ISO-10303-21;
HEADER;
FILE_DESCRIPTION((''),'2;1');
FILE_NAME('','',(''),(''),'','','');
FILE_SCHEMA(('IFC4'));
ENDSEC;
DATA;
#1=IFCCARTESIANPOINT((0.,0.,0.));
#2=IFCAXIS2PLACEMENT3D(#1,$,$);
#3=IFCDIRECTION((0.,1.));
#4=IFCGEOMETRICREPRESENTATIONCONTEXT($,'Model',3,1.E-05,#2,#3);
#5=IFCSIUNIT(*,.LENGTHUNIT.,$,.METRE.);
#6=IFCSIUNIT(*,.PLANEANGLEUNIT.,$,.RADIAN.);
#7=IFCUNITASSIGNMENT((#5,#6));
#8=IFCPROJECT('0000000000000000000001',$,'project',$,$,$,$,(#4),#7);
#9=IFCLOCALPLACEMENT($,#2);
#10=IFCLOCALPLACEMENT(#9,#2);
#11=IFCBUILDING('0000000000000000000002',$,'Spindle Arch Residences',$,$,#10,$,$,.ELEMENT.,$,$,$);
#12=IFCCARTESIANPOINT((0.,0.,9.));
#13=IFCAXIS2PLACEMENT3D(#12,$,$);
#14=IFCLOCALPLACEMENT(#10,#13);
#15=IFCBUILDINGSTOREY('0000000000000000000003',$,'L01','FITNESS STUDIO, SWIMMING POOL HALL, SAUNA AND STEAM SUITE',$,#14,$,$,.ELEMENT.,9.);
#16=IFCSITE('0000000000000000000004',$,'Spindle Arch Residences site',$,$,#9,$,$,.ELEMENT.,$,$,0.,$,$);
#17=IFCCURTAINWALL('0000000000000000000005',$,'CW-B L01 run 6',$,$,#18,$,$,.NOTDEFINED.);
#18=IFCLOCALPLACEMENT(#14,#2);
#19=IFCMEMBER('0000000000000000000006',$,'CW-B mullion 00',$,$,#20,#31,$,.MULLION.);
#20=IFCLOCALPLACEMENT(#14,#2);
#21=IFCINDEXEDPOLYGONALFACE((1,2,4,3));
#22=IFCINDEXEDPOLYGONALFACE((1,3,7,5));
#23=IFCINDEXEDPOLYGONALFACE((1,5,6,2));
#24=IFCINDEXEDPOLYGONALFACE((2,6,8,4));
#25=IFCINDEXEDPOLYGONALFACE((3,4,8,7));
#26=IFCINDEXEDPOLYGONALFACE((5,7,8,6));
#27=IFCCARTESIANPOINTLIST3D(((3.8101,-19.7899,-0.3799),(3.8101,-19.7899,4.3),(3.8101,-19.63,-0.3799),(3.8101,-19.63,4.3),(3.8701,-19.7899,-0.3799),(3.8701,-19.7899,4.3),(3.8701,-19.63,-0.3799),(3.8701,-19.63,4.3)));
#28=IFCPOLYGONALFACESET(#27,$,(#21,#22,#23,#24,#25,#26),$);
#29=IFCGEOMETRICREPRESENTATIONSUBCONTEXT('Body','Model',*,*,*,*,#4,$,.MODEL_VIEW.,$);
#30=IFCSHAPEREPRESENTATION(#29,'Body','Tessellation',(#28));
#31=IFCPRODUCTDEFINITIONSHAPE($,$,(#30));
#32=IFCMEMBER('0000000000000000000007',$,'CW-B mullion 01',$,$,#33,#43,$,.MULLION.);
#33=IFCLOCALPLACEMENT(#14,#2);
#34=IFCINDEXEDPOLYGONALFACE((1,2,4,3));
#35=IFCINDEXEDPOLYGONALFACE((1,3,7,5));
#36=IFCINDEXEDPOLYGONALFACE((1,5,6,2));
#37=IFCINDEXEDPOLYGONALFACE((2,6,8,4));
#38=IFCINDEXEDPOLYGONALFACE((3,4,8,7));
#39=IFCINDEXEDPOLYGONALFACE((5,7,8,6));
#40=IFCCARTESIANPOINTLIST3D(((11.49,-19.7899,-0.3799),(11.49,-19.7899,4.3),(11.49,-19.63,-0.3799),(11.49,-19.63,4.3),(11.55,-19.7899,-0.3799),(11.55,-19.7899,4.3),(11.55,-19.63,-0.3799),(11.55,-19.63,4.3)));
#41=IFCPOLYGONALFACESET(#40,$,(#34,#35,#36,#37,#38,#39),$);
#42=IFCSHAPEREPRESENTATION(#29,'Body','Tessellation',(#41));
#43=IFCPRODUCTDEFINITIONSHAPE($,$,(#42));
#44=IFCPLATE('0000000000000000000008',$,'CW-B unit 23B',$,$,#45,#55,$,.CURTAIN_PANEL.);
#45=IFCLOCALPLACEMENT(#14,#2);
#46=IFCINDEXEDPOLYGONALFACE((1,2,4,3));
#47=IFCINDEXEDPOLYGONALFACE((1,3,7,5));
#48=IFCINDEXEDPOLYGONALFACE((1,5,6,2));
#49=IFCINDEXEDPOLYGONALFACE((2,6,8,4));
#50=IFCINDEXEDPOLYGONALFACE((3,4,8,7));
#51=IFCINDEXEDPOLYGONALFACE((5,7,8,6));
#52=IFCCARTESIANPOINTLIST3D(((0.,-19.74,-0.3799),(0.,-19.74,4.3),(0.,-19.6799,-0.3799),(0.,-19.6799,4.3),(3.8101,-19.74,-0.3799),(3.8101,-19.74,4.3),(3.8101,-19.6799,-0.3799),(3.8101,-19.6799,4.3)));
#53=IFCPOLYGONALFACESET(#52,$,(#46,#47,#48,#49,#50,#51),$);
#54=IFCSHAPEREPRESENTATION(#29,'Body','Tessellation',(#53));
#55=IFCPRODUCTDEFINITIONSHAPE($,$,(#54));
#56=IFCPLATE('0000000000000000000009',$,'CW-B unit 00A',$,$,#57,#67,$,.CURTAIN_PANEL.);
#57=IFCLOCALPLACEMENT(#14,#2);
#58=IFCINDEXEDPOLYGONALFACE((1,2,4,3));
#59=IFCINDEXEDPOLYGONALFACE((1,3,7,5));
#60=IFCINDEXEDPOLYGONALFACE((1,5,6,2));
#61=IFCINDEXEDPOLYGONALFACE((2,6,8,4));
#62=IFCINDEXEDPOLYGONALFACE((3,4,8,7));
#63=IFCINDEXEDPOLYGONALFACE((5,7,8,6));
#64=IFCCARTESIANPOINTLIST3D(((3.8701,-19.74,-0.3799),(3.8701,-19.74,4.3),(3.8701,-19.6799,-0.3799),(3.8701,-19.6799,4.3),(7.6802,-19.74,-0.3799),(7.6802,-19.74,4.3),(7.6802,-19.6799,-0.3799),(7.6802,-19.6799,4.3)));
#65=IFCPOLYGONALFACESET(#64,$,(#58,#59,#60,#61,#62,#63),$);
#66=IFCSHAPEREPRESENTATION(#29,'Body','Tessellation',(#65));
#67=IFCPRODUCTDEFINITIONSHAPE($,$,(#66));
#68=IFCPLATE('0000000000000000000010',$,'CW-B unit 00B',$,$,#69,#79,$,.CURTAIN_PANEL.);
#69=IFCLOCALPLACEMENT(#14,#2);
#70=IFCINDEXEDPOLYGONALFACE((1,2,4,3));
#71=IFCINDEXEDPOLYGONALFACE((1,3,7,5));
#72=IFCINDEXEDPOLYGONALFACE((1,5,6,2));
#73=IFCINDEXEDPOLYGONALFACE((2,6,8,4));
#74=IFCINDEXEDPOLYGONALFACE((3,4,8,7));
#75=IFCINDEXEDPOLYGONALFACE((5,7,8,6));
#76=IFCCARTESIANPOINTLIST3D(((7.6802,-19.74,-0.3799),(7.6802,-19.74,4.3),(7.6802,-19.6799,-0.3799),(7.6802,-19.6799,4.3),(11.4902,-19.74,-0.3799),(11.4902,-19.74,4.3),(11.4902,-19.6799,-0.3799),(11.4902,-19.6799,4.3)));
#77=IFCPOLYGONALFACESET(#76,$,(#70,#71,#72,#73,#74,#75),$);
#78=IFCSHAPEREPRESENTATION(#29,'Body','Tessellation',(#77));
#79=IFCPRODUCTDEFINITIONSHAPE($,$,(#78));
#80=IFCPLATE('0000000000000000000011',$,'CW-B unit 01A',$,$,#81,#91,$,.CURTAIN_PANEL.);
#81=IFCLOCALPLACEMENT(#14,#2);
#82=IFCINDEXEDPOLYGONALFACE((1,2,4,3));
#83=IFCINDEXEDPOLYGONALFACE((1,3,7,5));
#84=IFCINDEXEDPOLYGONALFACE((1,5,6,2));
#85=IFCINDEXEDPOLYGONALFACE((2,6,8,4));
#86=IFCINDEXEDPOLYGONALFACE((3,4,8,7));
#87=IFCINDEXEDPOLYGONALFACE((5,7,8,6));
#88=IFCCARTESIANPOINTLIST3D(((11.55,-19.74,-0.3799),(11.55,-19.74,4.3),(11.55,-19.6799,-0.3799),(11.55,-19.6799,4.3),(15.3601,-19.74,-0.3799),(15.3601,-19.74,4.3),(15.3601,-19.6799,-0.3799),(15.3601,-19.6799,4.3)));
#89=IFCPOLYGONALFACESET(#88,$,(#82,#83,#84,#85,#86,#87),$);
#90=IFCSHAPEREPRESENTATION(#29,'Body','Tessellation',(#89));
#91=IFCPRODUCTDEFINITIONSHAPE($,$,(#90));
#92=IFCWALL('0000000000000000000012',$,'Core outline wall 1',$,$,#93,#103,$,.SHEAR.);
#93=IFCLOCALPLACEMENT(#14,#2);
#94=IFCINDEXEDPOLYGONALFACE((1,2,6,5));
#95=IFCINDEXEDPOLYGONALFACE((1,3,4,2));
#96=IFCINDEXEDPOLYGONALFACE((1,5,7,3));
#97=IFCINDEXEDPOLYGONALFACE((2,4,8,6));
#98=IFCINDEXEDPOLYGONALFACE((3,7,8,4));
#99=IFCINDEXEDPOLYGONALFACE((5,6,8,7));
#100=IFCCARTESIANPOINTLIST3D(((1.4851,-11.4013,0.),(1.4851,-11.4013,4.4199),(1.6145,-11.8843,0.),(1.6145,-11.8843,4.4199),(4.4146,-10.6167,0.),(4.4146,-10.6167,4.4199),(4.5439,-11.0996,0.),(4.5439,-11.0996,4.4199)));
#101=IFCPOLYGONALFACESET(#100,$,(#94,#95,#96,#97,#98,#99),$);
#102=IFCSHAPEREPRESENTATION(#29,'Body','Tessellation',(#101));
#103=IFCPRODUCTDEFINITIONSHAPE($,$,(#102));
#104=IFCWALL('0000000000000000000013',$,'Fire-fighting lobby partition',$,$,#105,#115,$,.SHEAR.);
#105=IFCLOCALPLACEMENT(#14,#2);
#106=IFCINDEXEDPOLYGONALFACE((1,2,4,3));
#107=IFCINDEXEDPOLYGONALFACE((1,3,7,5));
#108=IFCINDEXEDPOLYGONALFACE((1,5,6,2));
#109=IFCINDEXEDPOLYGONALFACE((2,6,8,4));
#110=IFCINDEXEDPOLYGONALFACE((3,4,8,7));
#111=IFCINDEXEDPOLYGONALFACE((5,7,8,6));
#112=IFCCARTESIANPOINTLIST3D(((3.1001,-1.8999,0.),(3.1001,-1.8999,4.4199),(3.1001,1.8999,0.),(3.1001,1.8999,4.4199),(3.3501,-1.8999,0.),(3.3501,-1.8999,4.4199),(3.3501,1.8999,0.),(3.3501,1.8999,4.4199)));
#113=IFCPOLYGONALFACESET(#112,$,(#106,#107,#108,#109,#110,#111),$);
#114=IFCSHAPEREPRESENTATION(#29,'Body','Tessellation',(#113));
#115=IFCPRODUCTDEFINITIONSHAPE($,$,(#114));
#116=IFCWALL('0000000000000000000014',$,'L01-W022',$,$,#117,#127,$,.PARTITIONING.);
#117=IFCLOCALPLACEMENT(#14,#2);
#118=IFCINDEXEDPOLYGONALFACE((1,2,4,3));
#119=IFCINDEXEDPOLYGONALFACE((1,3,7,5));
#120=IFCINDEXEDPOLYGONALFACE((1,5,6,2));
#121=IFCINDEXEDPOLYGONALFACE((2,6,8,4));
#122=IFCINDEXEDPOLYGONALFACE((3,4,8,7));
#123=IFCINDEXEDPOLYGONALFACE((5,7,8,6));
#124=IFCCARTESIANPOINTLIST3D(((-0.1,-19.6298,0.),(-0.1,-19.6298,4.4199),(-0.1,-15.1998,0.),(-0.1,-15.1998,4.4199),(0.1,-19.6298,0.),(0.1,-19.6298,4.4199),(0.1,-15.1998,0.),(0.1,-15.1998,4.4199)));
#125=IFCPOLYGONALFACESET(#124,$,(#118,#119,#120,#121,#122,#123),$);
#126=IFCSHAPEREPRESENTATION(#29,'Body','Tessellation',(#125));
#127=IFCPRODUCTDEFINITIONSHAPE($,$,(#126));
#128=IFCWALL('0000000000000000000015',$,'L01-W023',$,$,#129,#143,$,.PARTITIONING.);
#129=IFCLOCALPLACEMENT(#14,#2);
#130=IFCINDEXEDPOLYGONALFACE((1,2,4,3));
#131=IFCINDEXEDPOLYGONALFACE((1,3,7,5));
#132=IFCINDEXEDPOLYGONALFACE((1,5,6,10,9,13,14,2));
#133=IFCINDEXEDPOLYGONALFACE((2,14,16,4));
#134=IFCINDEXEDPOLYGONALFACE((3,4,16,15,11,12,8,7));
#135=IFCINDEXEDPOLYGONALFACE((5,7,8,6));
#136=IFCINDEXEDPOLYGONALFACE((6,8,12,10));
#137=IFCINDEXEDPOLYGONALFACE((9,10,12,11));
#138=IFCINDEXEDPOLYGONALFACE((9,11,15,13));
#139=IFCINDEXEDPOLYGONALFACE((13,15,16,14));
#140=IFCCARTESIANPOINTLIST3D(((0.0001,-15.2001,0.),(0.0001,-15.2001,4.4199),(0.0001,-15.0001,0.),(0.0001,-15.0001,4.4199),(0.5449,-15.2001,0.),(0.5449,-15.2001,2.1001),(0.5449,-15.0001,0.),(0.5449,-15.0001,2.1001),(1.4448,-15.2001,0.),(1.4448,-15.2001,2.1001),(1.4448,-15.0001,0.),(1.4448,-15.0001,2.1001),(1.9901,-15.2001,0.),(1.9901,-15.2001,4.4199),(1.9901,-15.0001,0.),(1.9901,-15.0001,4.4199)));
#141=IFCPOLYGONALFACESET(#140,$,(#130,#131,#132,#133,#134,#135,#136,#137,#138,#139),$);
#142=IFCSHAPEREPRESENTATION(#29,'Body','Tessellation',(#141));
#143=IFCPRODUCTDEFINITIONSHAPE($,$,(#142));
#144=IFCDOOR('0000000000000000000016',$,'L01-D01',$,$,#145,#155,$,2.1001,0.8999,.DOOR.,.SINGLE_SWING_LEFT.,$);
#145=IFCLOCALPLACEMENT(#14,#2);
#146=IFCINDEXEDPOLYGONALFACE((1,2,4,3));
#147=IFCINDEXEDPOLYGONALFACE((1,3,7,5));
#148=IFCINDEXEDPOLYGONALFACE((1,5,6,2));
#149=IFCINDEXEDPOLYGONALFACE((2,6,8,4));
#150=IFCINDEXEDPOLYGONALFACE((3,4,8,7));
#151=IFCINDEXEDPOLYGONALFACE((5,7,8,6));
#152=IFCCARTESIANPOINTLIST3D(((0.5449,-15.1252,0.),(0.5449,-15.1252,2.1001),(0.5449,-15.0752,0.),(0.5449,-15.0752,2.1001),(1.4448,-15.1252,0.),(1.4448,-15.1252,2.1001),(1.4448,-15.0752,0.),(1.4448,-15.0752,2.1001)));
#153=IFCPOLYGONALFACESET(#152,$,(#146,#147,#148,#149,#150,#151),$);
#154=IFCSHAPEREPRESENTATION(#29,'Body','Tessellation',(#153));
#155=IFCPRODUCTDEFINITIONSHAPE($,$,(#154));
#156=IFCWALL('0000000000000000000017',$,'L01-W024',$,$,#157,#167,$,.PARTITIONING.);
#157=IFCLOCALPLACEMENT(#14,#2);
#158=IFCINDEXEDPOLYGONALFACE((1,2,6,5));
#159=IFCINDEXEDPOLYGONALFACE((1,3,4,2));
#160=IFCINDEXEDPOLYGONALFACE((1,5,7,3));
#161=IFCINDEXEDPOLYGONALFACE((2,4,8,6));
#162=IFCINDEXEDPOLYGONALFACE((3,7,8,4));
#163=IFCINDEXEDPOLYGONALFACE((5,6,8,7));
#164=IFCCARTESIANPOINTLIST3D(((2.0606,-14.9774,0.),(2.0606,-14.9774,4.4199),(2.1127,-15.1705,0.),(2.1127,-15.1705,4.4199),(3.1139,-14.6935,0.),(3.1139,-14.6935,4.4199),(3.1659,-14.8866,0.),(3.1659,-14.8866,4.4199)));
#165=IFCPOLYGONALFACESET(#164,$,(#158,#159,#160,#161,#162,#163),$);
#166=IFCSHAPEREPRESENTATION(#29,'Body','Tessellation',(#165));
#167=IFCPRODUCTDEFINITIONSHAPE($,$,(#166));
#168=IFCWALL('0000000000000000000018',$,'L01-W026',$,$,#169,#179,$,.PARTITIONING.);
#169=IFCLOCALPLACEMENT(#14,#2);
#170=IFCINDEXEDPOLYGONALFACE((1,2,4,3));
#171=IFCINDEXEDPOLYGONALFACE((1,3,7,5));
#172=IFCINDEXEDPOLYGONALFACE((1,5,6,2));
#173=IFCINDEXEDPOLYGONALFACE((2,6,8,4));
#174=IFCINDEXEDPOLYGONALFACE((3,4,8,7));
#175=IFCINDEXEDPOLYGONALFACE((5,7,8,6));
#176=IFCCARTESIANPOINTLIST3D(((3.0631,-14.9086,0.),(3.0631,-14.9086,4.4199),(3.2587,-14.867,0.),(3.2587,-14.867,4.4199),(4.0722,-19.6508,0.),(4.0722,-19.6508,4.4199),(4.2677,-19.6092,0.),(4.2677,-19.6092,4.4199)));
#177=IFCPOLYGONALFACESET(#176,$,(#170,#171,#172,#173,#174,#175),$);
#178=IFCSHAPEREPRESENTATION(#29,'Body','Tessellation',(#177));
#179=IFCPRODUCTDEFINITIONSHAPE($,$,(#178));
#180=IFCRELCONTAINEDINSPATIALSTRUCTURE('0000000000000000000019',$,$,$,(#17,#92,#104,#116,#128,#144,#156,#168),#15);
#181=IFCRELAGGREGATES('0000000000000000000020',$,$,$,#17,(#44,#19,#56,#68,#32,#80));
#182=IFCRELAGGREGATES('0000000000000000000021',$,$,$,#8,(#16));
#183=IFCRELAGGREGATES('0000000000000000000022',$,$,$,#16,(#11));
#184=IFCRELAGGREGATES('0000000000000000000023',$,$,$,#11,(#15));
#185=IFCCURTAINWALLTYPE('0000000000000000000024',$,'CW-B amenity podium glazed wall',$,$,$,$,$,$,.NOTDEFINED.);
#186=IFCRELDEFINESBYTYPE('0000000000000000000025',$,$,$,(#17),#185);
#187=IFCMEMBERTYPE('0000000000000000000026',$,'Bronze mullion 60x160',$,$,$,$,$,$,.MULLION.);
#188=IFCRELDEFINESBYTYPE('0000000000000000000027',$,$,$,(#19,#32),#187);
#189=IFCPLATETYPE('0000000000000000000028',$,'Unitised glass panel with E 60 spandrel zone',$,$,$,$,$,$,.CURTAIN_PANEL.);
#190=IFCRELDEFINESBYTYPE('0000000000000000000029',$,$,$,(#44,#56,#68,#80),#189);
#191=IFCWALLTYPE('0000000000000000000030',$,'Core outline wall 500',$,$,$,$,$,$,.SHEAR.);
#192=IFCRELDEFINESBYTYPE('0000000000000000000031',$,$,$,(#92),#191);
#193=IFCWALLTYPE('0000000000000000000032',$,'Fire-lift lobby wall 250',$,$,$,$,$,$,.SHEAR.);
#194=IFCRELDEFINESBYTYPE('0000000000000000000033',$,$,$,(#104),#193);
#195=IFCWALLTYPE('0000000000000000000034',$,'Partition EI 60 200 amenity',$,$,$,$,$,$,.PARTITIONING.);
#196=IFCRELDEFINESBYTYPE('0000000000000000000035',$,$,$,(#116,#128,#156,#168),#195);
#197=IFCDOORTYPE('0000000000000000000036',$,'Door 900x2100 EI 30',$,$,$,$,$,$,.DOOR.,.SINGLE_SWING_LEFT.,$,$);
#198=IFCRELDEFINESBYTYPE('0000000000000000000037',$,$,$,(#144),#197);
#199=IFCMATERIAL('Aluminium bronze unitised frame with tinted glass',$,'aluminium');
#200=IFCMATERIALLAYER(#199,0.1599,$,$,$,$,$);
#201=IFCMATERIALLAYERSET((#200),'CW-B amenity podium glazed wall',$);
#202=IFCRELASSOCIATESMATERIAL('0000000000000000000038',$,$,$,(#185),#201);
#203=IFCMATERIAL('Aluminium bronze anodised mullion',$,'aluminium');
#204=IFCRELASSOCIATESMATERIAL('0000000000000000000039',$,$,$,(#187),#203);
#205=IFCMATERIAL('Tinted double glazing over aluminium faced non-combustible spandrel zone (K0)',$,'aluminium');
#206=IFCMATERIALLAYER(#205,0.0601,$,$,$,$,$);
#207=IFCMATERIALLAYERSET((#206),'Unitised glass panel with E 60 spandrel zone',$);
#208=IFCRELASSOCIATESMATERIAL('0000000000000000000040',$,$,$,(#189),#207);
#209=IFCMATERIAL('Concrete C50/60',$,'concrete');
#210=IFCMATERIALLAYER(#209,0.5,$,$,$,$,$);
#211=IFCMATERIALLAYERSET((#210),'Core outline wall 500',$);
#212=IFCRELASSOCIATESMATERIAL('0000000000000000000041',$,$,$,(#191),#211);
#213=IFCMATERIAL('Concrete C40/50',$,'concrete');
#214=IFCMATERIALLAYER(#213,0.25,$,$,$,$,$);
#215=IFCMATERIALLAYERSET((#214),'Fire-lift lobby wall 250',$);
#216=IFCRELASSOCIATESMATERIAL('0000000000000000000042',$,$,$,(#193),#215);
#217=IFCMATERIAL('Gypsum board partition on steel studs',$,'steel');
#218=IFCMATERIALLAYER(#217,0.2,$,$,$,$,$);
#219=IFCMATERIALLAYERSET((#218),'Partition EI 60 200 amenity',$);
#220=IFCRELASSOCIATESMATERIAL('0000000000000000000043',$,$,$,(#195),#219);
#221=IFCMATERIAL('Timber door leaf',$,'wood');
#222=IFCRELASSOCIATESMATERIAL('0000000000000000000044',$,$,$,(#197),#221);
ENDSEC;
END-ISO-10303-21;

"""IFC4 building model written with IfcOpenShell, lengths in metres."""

from ifc_helpers import new_model, si_unit, direction, frame, frame_2d, origin, origin_2d, place, context, subcontext, project, spatial, rectangle, extrude, material, layer, layer_set, material_profile, profile_set, type_object, element, fill, aggregate, save


model = new_model("IFC4")

# Units and contexts
model_context = context("Model", 3, precision=1e-05, world=origin(), true_north=direction((0.0, 1.0)))
body_context = subcontext(model_context, "Body", "Model", "MODEL_VIEW")
ifc_project = project(units=[si_unit("LENGTHUNIT", "METRE"), si_unit("PLANEANGLEUNIT", "RADIAN")], contexts=[model_context])

# Site, building, storey
site_placement = place(None, origin())
site = spatial("IfcSite", under=ifc_project, at=site_placement, Name="Spindle Arch Residences site", CompositionType="ELEMENT", RefElevation=0.0)
building_placement = place(site_placement, origin())
building = spatial("IfcBuilding", under=site, at=building_placement, Name="Spindle Arch Residences", CompositionType="ELEMENT")
storey_placement = place(building_placement, frame((0.0, 0.0, 9.0)))
storey = spatial("IfcBuildingStorey", under=building, at=storey_placement, Name="L01", Description="FITNESS STUDIO, SWIMMING POOL HALL, SAUNA AND STEAM SUITE", CompositionType="ELEMENT", Elevation=9.0)

# Curtain wall, members, plates
ifc_material_1 = material(Name="Aluminium bronze unitised frame with tinted glass", Category="aluminium")
ifc_layer_1 = layer(ifc_material_1, 0.1599)
ifc_layer_set_1 = layer_set([ifc_layer_1], Name="CW-B amenity podium glazed wall")
curtain_wall_type = type_object("IfcCurtainWallType", Name="CW-B amenity podium glazed wall", PredefinedType="NOTDEFINED", material=ifc_layer_set_1)
curtain_wall_placement = place(storey_placement, origin())
curtain_wall = element("IfcCurtainWall", 1, at=curtain_wall_placement, inside=storey, type_object=curtain_wall_type, Name="CW-B L01 run 6", PredefinedType="NOTDEFINED")
ifc_material_2 = material(Name="Aluminium bronze anodised mullion", Category="aluminium")
ifc_material_profile = material_profile(ifc_material_2, rectangle(XDim=0.1599, YDim=0.0601, at=origin_2d()), Name="MU 60x160")
ifc_profile_set = profile_set([ifc_material_profile], Name="Aluminium bronze anodised mullion")
member_type = type_object("IfcMemberType", Name="Bronze mullion 60x160", PredefinedType="MULLION", material=ifc_profile_set)
member_1_placement = place(storey_placement, frame((3.8401, -19.71, -0.3799), z_axis=(0.0, 0.0, 1.0), x_axis=(0.0, 1.0, 0.0)))
member_1 = element("IfcMember", 2, at=member_1_placement, type_object=member_type, Name="CW-B mullion 00", PredefinedType="MULLION", context=body_context, shape_type="SweptSolid", body=[
    extrude(rectangle(XDim=0.1599, YDim=0.0601, at=origin_2d()), origin(), (0.0, 0.0, 1.0), 4.6799),
])
member_2_placement = place(storey_placement, frame((11.52, -19.71, -0.3799), z_axis=(0.0, 0.0, 1.0), x_axis=(0.0, 1.0, 0.0)))
member_2 = element("IfcMember", 3, at=member_2_placement, type_object=member_type, Name="CW-B mullion 01", PredefinedType="MULLION", context=body_context, shape_type="SweptSolid", body=[
    extrude(rectangle(XDim=0.1599, YDim=0.0601, at=origin_2d()), origin(), (0.0, 0.0, 1.0), 4.6799),
])
ifc_material_3 = material(Name="Tinted double glazing over aluminium faced non-combustible spandrel zone (K0)", Category="aluminium")
ifc_layer_2 = layer(ifc_material_3, 0.0601)
ifc_layer_set_2 = layer_set([ifc_layer_2], Name="Unitised glass panel with E 60 spandrel zone")
plate_type = type_object("IfcPlateType", Name="Unitised glass panel with E 60 spandrel zone", PredefinedType="CURTAIN_PANEL", material=ifc_layer_set_2)
plate_1_placement = place(storey_placement, frame((1.905, -19.71, -0.3799), z_axis=(0.0, 0.0, 1.0), x_axis=(1.0, 0.0, 0.0)))
plate_1 = element("IfcPlate", 4, at=plate_1_placement, type_object=plate_type, Name="CW-B unit 23B", PredefinedType="CURTAIN_PANEL", context=body_context, shape_type="SweptSolid", body=[
    extrude(rectangle(XDim=3.8101, YDim=0.0601, at=origin_2d()), origin(), (0.0, 0.0, 1.0), 4.6799),
])
plate_2_placement = place(storey_placement, frame((5.7751, -19.71, -0.3799), z_axis=(0.0, 0.0, 1.0), x_axis=(1.0, 0.0, 0.0)))
plate_2 = element("IfcPlate", 5, at=plate_2_placement, type_object=plate_type, Name="CW-B unit 00A", PredefinedType="CURTAIN_PANEL", context=body_context, shape_type="SweptSolid", body=[
    extrude(rectangle(XDim=3.8101, YDim=0.0601, at=origin_2d()), origin(), (0.0, 0.0, 1.0), 4.6799),
])
plate_3_placement = place(storey_placement, frame((9.5852, -19.71, -0.3799), z_axis=(0.0, 0.0, 1.0), x_axis=(1.0, 0.0, 0.0)))
plate_3 = element("IfcPlate", 6, at=plate_3_placement, type_object=plate_type, Name="CW-B unit 00B", PredefinedType="CURTAIN_PANEL", context=body_context, shape_type="SweptSolid", body=[
    extrude(rectangle(XDim=3.8101, YDim=0.0601, at=origin_2d()), origin(), (0.0, 0.0, 1.0), 4.6799),
])
plate_4_placement = place(storey_placement, frame((13.4551, -19.71, -0.3799), z_axis=(0.0, 0.0, 1.0), x_axis=(1.0, 0.0, 0.0)))
plate_4 = element("IfcPlate", 7, at=plate_4_placement, type_object=plate_type, Name="CW-B unit 01A", PredefinedType="CURTAIN_PANEL", context=body_context, shape_type="SweptSolid", body=[
    extrude(rectangle(XDim=3.8101, YDim=0.0601, at=origin_2d()), origin(), (0.0, 0.0, 1.0), 4.6799),
])
aggregate(curtain_wall, [plate_1, member_1, plate_2, plate_3, member_2, plate_4])

# Walls
ifc_material_4 = material(Name="Concrete C50/60", Category="concrete")
ifc_layer_3 = layer(ifc_material_4, 0.5)
ifc_layer_set_3 = layer_set([ifc_layer_3], Name="Core outline wall 500")
wall_type_1 = type_object("IfcWallType", Name="Core outline wall 500", PredefinedType="SHEAR", material=ifc_layer_set_3)
wall_1_placement = place(storey_placement, frame((1.5498, -11.6428, 0.0), z_axis=(0.0, 0.0, 1.0), x_axis=(0.965948, 0.258735, 0.0)))
element("IfcWall", 8, at=wall_1_placement, inside=storey, type_object=wall_type_1, Name="Core outline wall 1", PredefinedType="SHEAR", context=body_context, shape_type="SweptSolid", body=[
    extrude(rectangle(XDim=3.0327, YDim=0.5, at=frame_2d((1.5164, 0.0))), origin(), (0.0, 0.0, 1.0), 4.4199),
])
ifc_material_5 = material(Name="Concrete C40/50", Category="concrete")
ifc_layer_4 = layer(ifc_material_5, 0.25)
ifc_layer_set_4 = layer_set([ifc_layer_4], Name="Fire-lift lobby wall 250")
wall_type_2 = type_object("IfcWallType", Name="Fire-lift lobby wall 250", PredefinedType="SHEAR", material=ifc_layer_set_4)
wall_2_placement = place(storey_placement, frame((3.2251, -1.8999, 0.0), z_axis=(0.0, 0.0, 1.0), x_axis=(0.0, 1.0, 0.0)))
element("IfcWall", 9, at=wall_2_placement, inside=storey, type_object=wall_type_2, Name="Fire-fighting lobby partition", PredefinedType="SHEAR", context=body_context, shape_type="SweptSolid", body=[
    extrude(rectangle(XDim=3.7998, YDim=0.25, at=frame_2d((1.8999, 0.0))), origin(), (0.0, 0.0, 1.0), 4.4199),
])
ifc_material_6 = material(Name="Gypsum board partition on steel studs", Category="steel")
ifc_layer_5 = layer(ifc_material_6, 0.2)
ifc_layer_set_5 = layer_set([ifc_layer_5], Name="Partition EI 60 200 amenity")
wall_type_3 = type_object("IfcWallType", Name="Partition EI 60 200 amenity", PredefinedType="PARTITIONING", material=ifc_layer_set_5)
wall_3_placement = place(storey_placement, frame((0.0, -15.2, 0.0), z_axis=(0.0, 0.0, 1.0), x_axis=(0.0, -1.0, 0.0)))
element("IfcWall", 10, at=wall_3_placement, inside=storey, type_object=wall_type_3, Name="L01-W022", PredefinedType="PARTITIONING", context=body_context, shape_type="SweptSolid", body=[
    extrude(rectangle(XDim=4.4299, YDim=0.2, at=frame_2d((2.2148, 0.0))), origin(), (0.0, 0.0, 1.0), 4.4199),
])

# Wall, opening, door
wall_4_placement = place(storey_placement, frame((0.0, -15.1001, 0.0), z_axis=(0.0, 0.0, 1.0), x_axis=(1.0, 0.0, 0.0)))
wall_4 = element("IfcWall", 11, at=wall_4_placement, inside=storey, type_object=wall_type_3, Name="L01-W023", PredefinedType="PARTITIONING", context=body_context, shape_type="SweptSolid", body=[
    extrude(rectangle(XDim=1.99, YDim=0.2, at=frame_2d((0.9951, 0.0))), origin(), (0.0, 0.0, 1.0), 4.4199),
])
opening_placement = place(wall_4_placement, frame((0.5449, 0.0, 0.0)))
opening = element("IfcOpeningElement", 12, at=opening_placement, cuts=wall_4, PredefinedType="OPENING", context=body_context, shape_type="SweptSolid", body=[
    extrude(rectangle(XDim=0.8999, YDim=2.1001, at=frame_2d((0.45, 1.05))), frame((0.0, 0.1099, 0.0), z_axis=(0.0, -1.0, 0.0), x_axis=(1.0, 0.0, 0.0)), (0.0, 0.0, 1.0), 0.22),
])
ifc_material_7 = material(Name="Timber door leaf", Category="wood")
door_type = type_object("IfcDoorType", Name="Door 900x2100 EI 30", OperationType="SINGLE_SWING_LEFT", PredefinedType="DOOR", material=ifc_material_7)
door_placement = place(opening_placement, origin())
door = element("IfcDoor", 13, at=door_placement, inside=storey, type_object=door_type, Name="L01-D01", OperationType="SINGLE_SWING_LEFT", OverallHeight=2.1001, OverallWidth=0.8999, PredefinedType="DOOR", context=body_context, shape_type="SweptSolid", body=[
    extrude(rectangle(XDim=0.8999, YDim=2.1001, at=frame_2d((0.45, 1.05))), frame((0.0, 0.0249, 0.0), z_axis=(0.0, -1.0, 0.0), x_axis=(1.0, 0.0, 0.0)), (0.0, 0.0, 1.0), 0.05),
])
fill(opening, door)

# Walls
wall_5_placement = place(storey_placement, frame((2.0867, -15.074, 0.0), z_axis=(0.0, 0.0, 1.0), x_axis=(0.965529, 0.260295, 0.0)))
element("IfcWall", 14, at=wall_5_placement, inside=storey, type_object=wall_type_3, Name="L01-W024", PredefinedType="PARTITIONING", context=body_context, shape_type="SweptSolid", body=[
    extrude(rectangle(XDim=1.0908, YDim=0.2, at=frame_2d((0.5454, 0.0))), origin(), (0.0, 0.0, 1.0), 4.4199),
])
wall_6_placement = place(storey_placement, frame((3.1609, -14.8877, 0.0), z_axis=(0.0, 0.0, 1.0), x_axis=(0.208119, -0.978104, 0.0)))
element("IfcWall", 15, at=wall_6_placement, inside=storey, type_object=wall_type_3, Name="L01-W026", PredefinedType="PARTITIONING", context=body_context, shape_type="SweptSolid", body=[
    extrude(rectangle(XDim=4.8484, YDim=0.2, at=frame_2d((2.4243, 0.0))), origin(), (0.0, 0.0, 1.0), 4.4199),
])

save(model, "model.ifc")
